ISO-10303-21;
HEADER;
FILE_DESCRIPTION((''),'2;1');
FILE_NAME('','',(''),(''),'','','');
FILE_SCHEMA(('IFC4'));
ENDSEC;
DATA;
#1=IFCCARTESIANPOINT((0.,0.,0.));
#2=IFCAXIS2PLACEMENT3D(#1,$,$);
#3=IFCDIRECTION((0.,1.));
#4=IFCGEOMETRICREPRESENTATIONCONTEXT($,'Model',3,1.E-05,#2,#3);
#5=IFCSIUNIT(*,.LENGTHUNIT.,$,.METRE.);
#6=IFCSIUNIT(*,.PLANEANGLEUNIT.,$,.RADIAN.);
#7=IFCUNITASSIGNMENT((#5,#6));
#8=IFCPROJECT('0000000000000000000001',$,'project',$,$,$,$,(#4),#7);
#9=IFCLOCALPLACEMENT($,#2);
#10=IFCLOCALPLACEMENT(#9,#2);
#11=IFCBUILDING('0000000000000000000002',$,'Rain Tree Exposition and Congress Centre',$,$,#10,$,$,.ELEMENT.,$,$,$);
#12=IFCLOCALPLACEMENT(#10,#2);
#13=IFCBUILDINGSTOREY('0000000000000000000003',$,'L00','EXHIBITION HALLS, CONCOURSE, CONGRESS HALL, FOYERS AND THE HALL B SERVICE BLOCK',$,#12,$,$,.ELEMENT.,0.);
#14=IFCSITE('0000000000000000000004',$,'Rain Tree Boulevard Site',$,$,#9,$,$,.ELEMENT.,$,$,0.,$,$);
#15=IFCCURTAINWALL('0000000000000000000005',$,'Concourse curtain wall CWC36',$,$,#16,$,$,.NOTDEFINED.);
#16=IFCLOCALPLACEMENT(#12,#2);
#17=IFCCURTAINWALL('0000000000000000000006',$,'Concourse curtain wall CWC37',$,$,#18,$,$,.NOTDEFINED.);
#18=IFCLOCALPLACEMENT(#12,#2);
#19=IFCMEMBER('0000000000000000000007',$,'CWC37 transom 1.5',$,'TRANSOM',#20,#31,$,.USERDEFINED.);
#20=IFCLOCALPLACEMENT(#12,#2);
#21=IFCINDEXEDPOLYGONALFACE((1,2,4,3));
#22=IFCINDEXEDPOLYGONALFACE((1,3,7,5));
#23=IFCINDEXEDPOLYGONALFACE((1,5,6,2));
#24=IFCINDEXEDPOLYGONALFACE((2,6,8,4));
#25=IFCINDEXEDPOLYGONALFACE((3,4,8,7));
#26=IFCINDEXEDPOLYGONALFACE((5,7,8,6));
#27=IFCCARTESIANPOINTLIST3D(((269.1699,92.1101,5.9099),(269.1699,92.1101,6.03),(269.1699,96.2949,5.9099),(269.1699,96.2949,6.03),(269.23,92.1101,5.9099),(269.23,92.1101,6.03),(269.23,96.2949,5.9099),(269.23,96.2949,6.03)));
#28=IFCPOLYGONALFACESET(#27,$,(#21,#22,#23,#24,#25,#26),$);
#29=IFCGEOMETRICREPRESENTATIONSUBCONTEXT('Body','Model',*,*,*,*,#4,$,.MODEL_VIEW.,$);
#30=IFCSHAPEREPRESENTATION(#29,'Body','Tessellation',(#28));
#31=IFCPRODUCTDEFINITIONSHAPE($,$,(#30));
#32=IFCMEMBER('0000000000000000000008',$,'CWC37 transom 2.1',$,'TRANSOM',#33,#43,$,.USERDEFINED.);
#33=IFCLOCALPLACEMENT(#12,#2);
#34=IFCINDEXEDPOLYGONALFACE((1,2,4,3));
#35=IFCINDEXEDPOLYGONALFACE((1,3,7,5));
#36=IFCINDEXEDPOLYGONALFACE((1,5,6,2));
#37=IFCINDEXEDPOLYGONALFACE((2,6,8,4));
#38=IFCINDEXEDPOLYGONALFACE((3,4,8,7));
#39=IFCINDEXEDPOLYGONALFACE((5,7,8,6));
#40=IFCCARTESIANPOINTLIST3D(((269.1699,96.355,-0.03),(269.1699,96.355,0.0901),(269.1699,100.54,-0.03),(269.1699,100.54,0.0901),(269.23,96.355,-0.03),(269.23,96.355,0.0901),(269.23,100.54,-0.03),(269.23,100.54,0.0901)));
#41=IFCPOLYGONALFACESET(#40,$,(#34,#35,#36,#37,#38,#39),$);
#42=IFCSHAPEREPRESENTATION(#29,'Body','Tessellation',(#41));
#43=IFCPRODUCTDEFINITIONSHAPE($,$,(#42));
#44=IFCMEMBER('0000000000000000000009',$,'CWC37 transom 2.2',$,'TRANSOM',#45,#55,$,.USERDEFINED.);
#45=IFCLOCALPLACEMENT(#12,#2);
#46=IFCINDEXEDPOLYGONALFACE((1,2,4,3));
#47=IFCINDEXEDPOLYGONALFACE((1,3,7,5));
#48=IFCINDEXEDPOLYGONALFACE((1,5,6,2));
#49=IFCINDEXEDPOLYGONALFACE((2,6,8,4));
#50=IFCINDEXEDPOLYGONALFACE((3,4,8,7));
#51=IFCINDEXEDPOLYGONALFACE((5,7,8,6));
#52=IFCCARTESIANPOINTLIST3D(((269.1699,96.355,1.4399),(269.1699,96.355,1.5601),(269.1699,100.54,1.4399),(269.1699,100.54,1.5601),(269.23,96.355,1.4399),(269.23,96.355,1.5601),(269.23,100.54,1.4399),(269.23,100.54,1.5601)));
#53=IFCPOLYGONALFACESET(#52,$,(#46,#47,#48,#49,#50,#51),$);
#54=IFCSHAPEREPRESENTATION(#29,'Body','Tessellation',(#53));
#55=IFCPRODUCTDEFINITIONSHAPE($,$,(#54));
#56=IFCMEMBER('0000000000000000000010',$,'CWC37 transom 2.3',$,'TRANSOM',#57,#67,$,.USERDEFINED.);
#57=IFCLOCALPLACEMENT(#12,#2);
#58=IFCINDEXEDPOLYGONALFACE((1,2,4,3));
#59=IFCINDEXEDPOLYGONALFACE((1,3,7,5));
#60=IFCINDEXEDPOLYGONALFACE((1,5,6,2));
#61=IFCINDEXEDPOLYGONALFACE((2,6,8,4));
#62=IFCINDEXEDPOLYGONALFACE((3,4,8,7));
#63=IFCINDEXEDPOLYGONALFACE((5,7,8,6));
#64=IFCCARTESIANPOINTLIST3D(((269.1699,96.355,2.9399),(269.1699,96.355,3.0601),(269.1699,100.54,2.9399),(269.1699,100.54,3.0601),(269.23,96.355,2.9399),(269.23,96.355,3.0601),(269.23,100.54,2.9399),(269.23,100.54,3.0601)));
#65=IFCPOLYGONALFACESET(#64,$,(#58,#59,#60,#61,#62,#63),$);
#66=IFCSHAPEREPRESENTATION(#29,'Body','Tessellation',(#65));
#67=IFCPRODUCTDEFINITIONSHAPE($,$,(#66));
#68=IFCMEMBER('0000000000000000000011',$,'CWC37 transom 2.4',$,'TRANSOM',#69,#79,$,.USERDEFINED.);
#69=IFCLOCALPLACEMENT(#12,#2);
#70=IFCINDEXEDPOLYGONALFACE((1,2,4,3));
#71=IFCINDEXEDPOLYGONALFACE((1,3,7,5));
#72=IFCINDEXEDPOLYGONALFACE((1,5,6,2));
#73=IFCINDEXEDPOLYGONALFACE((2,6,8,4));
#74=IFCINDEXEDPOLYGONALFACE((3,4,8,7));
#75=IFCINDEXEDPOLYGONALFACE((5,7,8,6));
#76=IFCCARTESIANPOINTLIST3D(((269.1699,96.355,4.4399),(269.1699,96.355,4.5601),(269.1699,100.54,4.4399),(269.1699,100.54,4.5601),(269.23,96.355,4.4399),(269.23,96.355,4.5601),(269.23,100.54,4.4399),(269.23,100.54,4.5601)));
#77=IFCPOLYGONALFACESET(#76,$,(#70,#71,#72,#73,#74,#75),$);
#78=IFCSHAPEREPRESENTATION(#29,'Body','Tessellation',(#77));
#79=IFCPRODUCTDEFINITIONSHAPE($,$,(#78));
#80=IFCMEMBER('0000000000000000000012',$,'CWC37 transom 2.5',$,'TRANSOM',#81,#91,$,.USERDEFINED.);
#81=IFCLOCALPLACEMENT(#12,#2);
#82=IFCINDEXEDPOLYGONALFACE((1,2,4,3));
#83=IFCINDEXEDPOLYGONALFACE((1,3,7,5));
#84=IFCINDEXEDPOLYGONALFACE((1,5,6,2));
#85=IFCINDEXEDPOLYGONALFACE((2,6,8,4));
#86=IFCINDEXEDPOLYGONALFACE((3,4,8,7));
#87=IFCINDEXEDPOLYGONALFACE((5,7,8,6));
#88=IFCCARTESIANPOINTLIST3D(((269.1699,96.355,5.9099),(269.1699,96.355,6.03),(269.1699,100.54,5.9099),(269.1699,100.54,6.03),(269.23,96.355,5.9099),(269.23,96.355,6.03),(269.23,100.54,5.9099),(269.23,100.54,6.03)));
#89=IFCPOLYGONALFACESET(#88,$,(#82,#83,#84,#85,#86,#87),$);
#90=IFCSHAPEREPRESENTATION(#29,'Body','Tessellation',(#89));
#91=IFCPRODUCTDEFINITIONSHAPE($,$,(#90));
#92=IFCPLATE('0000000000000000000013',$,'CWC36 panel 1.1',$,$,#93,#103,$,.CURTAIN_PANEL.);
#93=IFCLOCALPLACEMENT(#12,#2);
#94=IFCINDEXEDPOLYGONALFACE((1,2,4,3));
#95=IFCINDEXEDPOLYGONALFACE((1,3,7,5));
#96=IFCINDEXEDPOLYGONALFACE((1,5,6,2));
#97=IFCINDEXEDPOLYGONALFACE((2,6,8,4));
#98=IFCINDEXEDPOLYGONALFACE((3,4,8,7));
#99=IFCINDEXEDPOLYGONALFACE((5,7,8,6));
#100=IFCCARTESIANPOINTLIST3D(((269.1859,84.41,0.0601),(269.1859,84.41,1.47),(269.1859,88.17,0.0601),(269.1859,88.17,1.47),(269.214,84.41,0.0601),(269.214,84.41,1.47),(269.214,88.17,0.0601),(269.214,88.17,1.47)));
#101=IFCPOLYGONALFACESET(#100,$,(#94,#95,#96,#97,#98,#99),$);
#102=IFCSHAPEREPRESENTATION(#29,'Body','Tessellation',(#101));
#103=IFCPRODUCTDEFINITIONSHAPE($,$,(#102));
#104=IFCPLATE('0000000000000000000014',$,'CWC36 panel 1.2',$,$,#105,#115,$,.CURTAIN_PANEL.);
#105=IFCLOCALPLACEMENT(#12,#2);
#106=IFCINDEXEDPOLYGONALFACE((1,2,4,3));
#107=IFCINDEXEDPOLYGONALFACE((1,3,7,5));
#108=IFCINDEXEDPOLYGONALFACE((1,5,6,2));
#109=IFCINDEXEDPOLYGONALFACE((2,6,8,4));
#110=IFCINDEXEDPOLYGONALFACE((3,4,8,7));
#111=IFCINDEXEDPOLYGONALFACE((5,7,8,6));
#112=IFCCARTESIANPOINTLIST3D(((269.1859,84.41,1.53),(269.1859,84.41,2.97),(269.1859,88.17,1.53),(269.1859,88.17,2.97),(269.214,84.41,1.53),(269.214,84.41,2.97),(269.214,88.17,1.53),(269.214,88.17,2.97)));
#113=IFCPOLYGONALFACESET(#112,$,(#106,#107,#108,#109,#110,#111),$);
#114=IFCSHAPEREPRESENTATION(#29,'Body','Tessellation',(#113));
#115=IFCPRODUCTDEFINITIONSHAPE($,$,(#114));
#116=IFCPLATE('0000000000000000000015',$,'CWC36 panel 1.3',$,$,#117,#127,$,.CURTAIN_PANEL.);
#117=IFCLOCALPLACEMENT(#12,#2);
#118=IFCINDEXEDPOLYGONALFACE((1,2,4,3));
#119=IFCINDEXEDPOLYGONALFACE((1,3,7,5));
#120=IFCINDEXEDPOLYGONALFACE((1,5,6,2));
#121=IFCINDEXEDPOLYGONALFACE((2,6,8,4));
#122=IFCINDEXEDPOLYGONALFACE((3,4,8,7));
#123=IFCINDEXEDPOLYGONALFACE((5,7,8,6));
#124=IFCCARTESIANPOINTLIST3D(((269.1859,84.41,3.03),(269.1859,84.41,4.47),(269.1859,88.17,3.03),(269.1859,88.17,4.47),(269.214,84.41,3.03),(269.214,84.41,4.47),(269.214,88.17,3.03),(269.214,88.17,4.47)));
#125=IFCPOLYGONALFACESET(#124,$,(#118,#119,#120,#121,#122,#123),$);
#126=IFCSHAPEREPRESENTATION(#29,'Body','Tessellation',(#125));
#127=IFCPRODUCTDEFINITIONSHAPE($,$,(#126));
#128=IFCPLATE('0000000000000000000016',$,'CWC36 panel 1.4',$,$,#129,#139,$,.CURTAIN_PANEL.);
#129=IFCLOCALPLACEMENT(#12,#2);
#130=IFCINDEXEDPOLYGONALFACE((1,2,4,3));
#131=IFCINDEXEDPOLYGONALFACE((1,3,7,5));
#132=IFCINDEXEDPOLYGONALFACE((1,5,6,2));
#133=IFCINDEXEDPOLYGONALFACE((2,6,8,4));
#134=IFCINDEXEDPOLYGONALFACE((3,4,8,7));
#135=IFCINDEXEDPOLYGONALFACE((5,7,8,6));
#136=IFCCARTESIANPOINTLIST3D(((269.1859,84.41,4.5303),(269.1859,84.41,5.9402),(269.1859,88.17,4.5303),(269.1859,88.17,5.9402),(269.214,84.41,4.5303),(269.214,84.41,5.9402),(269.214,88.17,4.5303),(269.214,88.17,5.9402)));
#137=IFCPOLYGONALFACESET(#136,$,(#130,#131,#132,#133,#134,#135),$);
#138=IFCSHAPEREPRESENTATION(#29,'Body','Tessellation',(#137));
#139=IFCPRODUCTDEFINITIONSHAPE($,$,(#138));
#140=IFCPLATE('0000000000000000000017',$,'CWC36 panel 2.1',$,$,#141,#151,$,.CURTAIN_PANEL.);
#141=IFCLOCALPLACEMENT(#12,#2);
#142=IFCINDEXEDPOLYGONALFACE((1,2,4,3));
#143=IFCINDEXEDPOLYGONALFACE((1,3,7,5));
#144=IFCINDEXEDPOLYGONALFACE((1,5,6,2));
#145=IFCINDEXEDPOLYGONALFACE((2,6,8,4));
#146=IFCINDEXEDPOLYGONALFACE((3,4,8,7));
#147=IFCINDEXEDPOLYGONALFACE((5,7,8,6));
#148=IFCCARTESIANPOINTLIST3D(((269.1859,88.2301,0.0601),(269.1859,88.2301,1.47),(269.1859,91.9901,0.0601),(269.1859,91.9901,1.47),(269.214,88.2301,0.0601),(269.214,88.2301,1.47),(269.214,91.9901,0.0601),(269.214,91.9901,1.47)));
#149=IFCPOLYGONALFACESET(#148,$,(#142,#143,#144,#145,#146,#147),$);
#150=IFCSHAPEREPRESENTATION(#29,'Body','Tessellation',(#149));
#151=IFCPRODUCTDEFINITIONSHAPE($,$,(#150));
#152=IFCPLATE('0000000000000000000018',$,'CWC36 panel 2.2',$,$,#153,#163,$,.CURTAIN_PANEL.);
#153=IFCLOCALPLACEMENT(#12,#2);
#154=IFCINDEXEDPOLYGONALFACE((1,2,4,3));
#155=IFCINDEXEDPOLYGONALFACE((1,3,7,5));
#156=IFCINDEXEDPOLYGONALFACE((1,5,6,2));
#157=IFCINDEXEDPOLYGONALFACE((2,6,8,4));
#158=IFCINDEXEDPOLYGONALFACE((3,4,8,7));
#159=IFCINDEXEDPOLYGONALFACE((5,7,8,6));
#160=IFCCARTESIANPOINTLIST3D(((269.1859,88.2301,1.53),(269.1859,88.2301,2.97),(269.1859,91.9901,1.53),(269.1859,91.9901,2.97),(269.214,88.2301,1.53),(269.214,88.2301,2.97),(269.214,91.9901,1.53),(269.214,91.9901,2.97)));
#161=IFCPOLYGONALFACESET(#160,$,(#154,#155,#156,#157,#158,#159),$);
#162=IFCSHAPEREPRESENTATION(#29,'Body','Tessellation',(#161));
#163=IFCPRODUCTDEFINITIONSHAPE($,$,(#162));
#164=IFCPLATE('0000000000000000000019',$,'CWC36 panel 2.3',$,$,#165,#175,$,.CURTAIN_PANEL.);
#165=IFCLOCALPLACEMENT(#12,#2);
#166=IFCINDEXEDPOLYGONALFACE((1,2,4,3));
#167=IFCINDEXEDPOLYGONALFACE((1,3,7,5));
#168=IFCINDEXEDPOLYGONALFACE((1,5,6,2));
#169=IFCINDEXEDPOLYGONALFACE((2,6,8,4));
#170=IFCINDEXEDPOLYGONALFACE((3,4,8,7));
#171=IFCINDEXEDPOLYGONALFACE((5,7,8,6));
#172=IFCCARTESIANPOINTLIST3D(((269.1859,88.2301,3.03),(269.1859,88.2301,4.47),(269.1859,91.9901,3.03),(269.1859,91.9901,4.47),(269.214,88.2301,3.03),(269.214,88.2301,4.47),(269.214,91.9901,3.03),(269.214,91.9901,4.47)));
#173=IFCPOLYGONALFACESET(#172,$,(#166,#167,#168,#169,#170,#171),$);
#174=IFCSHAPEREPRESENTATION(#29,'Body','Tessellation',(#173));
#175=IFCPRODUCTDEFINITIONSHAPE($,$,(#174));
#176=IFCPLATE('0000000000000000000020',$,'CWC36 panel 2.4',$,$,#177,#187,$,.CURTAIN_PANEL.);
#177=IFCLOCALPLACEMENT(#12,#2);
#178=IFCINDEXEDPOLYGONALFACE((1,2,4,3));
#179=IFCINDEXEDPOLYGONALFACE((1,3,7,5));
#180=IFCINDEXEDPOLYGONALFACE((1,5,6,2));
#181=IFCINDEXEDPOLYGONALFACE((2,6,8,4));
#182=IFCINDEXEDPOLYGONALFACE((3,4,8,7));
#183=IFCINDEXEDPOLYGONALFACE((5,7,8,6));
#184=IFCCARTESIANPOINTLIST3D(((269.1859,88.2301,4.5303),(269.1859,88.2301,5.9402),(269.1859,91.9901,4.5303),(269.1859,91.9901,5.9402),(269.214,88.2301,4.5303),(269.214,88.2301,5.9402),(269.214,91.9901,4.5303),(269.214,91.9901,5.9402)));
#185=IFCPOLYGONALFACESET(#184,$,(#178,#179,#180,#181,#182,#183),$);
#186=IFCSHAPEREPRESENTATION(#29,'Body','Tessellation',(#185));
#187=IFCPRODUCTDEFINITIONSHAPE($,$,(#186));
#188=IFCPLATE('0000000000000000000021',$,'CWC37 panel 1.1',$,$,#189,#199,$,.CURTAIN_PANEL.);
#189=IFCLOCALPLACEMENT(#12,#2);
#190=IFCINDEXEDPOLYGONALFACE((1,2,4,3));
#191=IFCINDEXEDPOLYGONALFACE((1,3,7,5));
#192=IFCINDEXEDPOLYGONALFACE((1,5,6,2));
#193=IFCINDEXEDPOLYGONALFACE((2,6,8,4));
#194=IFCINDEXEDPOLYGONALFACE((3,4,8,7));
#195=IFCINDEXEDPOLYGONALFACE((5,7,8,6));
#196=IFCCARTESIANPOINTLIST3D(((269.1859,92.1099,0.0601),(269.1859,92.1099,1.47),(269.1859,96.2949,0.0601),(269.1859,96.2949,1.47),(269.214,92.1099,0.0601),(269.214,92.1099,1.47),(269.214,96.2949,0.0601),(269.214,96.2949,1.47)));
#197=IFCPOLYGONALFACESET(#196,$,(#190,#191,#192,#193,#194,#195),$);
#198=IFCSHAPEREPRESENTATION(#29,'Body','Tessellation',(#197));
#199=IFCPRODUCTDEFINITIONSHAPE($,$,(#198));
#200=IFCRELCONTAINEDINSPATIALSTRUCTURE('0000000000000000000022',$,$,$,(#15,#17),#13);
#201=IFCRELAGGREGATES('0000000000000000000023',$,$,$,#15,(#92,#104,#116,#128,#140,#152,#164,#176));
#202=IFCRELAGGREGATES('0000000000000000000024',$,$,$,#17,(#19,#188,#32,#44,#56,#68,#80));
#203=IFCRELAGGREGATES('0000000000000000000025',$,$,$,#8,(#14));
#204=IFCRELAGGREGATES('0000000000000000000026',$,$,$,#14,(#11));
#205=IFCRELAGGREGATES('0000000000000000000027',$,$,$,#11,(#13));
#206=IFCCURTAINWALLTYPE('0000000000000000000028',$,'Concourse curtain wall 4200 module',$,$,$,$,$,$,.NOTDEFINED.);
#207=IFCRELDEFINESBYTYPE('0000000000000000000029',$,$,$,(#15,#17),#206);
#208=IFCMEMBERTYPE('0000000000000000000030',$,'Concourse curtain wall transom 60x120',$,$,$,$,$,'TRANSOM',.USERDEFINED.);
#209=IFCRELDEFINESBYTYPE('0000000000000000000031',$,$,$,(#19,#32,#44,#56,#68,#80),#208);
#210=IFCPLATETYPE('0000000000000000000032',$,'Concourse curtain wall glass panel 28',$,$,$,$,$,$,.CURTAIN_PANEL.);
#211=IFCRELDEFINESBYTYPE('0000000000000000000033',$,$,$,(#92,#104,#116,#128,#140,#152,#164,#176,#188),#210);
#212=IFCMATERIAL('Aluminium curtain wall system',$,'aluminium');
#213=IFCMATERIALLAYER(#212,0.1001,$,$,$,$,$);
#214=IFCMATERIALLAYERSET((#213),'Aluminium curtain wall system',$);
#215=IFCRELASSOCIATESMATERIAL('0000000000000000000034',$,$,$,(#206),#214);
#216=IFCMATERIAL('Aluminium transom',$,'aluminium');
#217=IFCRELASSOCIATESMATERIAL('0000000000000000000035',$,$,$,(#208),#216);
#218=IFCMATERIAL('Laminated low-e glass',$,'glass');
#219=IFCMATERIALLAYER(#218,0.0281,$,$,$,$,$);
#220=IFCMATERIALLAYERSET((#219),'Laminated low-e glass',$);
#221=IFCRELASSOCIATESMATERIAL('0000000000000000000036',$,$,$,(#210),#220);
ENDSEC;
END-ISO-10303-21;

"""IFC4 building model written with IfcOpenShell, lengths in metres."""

from ifc_helpers import new_model, si_unit, direction, frame, origin, origin_2d, place, context, subcontext, project, spatial, rectangle, extrude, material, layer, layer_set, material_profile, profile_set, type_object, element, aggregate, save


model = new_model("IFC4")

# Units and contexts
model_context = context("Model", 3, precision=1e-05, world=origin(), true_north=direction((0.0, 1.0)))
body_context = subcontext(model_context, "Body", "Model", "MODEL_VIEW")
ifc_project = project(units=[si_unit("LENGTHUNIT", "METRE"), si_unit("PLANEANGLEUNIT", "RADIAN")], contexts=[model_context])

# Site, building, storey
site_placement = place(None, origin())
site = spatial("IfcSite", under=ifc_project, at=site_placement, Name="Rain Tree Boulevard Site", CompositionType="ELEMENT", RefElevation=0.0)
building_placement = place(site_placement, origin())
building = spatial("IfcBuilding", under=site, at=building_placement, Name="Rain Tree Exposition and Congress Centre", CompositionType="ELEMENT")
storey_placement = place(building_placement, origin())
storey = spatial("IfcBuildingStorey", under=building, at=storey_placement, Name="L00", Description="EXHIBITION HALLS, CONCOURSE, CONGRESS HALL, FOYERS AND THE HALL B SERVICE BLOCK", CompositionType="ELEMENT", Elevation=0.0)

# Curtain walls
ifc_material_1 = material(Name="Aluminium curtain wall system", Category="aluminium")
ifc_layer_1 = layer(ifc_material_1, 0.1001)
ifc_layer_set_1 = layer_set([ifc_layer_1], Name="Aluminium curtain wall system")
curtain_wall_type = type_object("IfcCurtainWallType", Name="Concourse curtain wall 4200 module", PredefinedType="NOTDEFINED", material=ifc_layer_set_1)
curtain_wall_1_placement = place(storey_placement, origin())
curtain_wall_1 = element("IfcCurtainWall", 1, at=curtain_wall_1_placement, inside=storey, type_object=curtain_wall_type, Name="Concourse curtain wall CWC36", PredefinedType="NOTDEFINED")
curtain_wall_2_placement = place(storey_placement, origin())
curtain_wall_2 = element("IfcCurtainWall", 2, at=curtain_wall_2_placement, inside=storey, type_object=curtain_wall_type, Name="Concourse curtain wall CWC37", PredefinedType="NOTDEFINED")

# Members
ifc_material_2 = material(Name="Aluminium transom", Category="aluminium")
ifc_material_profile_1 = material_profile(ifc_material_2, rectangle(XDim=0.0601, YDim=0.1201, at=origin_2d()), Name="AL 60x120")
ifc_profile_set_1 = profile_set([ifc_material_profile_1], Name="Aluminium transom")
member_type_1 = type_object("IfcMemberType", Name="Concourse curtain wall transom 60x120", ElementType="TRANSOM", PredefinedType="USERDEFINED", material=ifc_profile_set_1)
member_1_placement = place(storey_placement, frame((269.2, 92.1101, 5.97), z_axis=(0.0, 1.0, 0.0), x_axis=(-1.0, 0.0, 0.0)))
member_1 = element("IfcMember", 3, at=member_1_placement, type_object=member_type_1, Name="CWC37 transom 1.5", ObjectType="TRANSOM", PredefinedType="USERDEFINED", context=body_context, shape_type="SweptSolid", body=[
    extrude(rectangle(XDim=0.0601, YDim=0.1201, at=origin_2d()), origin(), (0.0, 0.0, 1.0), 4.1848),
])
member_2_placement = place(storey_placement, frame((269.2, 96.355, 0.03), z_axis=(0.0, 1.0, 0.0), x_axis=(-1.0, 0.0, 0.0)))
member_2 = element("IfcMember", 4, at=member_2_placement, type_object=member_type_1, Name="CWC37 transom 2.1", ObjectType="TRANSOM", PredefinedType="USERDEFINED", context=body_context, shape_type="SweptSolid", body=[
    extrude(rectangle(XDim=0.0601, YDim=0.1201, at=origin_2d()), origin(), (0.0, 0.0, 1.0), 4.1851),
])
member_3_placement = place(storey_placement, frame((269.2, 96.355, 1.5), z_axis=(0.0, 1.0, 0.0), x_axis=(-1.0, 0.0, 0.0)))
member_3 = element("IfcMember", 5, at=member_3_placement, type_object=member_type_1, Name="CWC37 transom 2.2", ObjectType="TRANSOM", PredefinedType="USERDEFINED", context=body_context, shape_type="SweptSolid", body=[
    extrude(rectangle(XDim=0.0601, YDim=0.1201, at=origin_2d()), origin(), (0.0, 0.0, 1.0), 4.1851),
])
member_4_placement = place(storey_placement, frame((269.2, 96.355, 3.0), z_axis=(0.0, 1.0, 0.0), x_axis=(-1.0, 0.0, 0.0)))
member_4 = element("IfcMember", 6, at=member_4_placement, type_object=member_type_1, Name="CWC37 transom 2.3", ObjectType="TRANSOM", PredefinedType="USERDEFINED", context=body_context, shape_type="SweptSolid", body=[
    extrude(rectangle(XDim=0.0601, YDim=0.1201, at=origin_2d()), origin(), (0.0, 0.0, 1.0), 4.1851),
])
member_5_placement = place(storey_placement, frame((269.2, 96.355, 4.5), z_axis=(0.0, 1.0, 0.0), x_axis=(-1.0, 0.0, 0.0)))
member_5 = element("IfcMember", 7, at=member_5_placement, type_object=member_type_1, Name="CWC37 transom 2.4", ObjectType="TRANSOM", PredefinedType="USERDEFINED", context=body_context, shape_type="SweptSolid", body=[
    extrude(rectangle(XDim=0.0601, YDim=0.1201, at=origin_2d()), origin(), (0.0, 0.0, 1.0), 4.1851),
])
member_6_placement = place(storey_placement, frame((269.2, 96.355, 5.97), z_axis=(0.0, 1.0, 0.0), x_axis=(-1.0, 0.0, 0.0)))
member_6 = element("IfcMember", 8, at=member_6_placement, type_object=member_type_1, Name="CWC37 transom 2.5", ObjectType="TRANSOM", PredefinedType="USERDEFINED", context=body_context, shape_type="SweptSolid", body=[
    extrude(rectangle(XDim=0.0601, YDim=0.1201, at=origin_2d()), origin(), (0.0, 0.0, 1.0), 4.1851),
])

# Plates
ifc_material_3 = material(Name="Laminated low-e glass", Category="glass")
ifc_layer_2 = layer(ifc_material_3, 0.0281)
ifc_layer_set_2 = layer_set([ifc_layer_2], Name="Laminated low-e glass")
plate_type = type_object("IfcPlateType", Name="Concourse curtain wall glass panel 28", PredefinedType="CURTAIN_PANEL", material=ifc_layer_set_2)
plate_1_placement = place(storey_placement, frame((269.2, 86.29, 0.0601), z_axis=(0.0, 0.0, 1.0), x_axis=(0.0, 1.0, 0.0)))
plate_1 = element("IfcPlate", 9, at=plate_1_placement, type_object=plate_type, Name="CWC36 panel 1.1", PredefinedType="CURTAIN_PANEL", context=body_context, shape_type="SweptSolid", body=[
    extrude(rectangle(XDim=3.76, YDim=0.0281, at=origin_2d()), origin(), (0.0, 0.0, 1.0), 1.4099),
])
plate_2_placement = place(storey_placement, frame((269.2, 86.29, 1.53), z_axis=(0.0, 0.0, 1.0), x_axis=(0.0, 1.0, 0.0)))
plate_2 = element("IfcPlate", 10, at=plate_2_placement, type_object=plate_type, Name="CWC36 panel 1.2", PredefinedType="CURTAIN_PANEL", context=body_context, shape_type="SweptSolid", body=[
    extrude(rectangle(XDim=3.76, YDim=0.0281, at=origin_2d()), origin(), (0.0, 0.0, 1.0), 1.4399),
])
plate_3_placement = place(storey_placement, frame((269.2, 86.29, 3.03), z_axis=(0.0, 0.0, 1.0), x_axis=(0.0, 1.0, 0.0)))
plate_3 = element("IfcPlate", 11, at=plate_3_placement, type_object=plate_type, Name="CWC36 panel 1.3", PredefinedType="CURTAIN_PANEL", context=body_context, shape_type="SweptSolid", body=[
    extrude(rectangle(XDim=3.76, YDim=0.0281, at=origin_2d()), origin(), (0.0, 0.0, 1.0), 1.4399),
])
plate_4_placement = place(storey_placement, frame((269.2, 86.29, 4.5303), z_axis=(0.0, 0.0, 1.0), x_axis=(0.0, 1.0, 0.0)))
plate_4 = element("IfcPlate", 12, at=plate_4_placement, type_object=plate_type, Name="CWC36 panel 1.4", PredefinedType="CURTAIN_PANEL", context=body_context, shape_type="SweptSolid", body=[
    extrude(rectangle(XDim=3.76, YDim=0.0281, at=origin_2d()), origin(), (0.0, 0.0, 1.0), 1.4099),
])
plate_5_placement = place(storey_placement, frame((269.2, 90.1101, 0.0601), z_axis=(0.0, 0.0, 1.0), x_axis=(0.0, 1.0, 0.0)))
plate_5 = element("IfcPlate", 13, at=plate_5_placement, type_object=plate_type, Name="CWC36 panel 2.1", PredefinedType="CURTAIN_PANEL", context=body_context, shape_type="SweptSolid", body=[
    extrude(rectangle(XDim=3.76, YDim=0.0281, at=origin_2d()), origin(), (0.0, 0.0, 1.0), 1.4099),
])
plate_6_placement = place(storey_placement, frame((269.2, 90.1101, 1.53), z_axis=(0.0, 0.0, 1.0), x_axis=(0.0, 1.0, 0.0)))
plate_6 = element("IfcPlate", 14, at=plate_6_placement, type_object=plate_type, Name="CWC36 panel 2.2", PredefinedType="CURTAIN_PANEL", context=body_context, shape_type="SweptSolid", body=[
    extrude(rectangle(XDim=3.76, YDim=0.0281, at=origin_2d()), origin(), (0.0, 0.0, 1.0), 1.4399),
])
plate_7_placement = place(storey_placement, frame((269.2, 90.1101, 3.03), z_axis=(0.0, 0.0, 1.0), x_axis=(0.0, 1.0, 0.0)))
plate_7 = element("IfcPlate", 15, at=plate_7_placement, type_object=plate_type, Name="CWC36 panel 2.3", PredefinedType="CURTAIN_PANEL", context=body_context, shape_type="SweptSolid", body=[
    extrude(rectangle(XDim=3.76, YDim=0.0281, at=origin_2d()), origin(), (0.0, 0.0, 1.0), 1.4399),
])
plate_8_placement = place(storey_placement, frame((269.2, 90.1101, 4.5303), z_axis=(0.0, 0.0, 1.0), x_axis=(0.0, 1.0, 0.0)))
plate_8 = element("IfcPlate", 16, at=plate_8_placement, type_object=plate_type, Name="CWC36 panel 2.4", PredefinedType="CURTAIN_PANEL", context=body_context, shape_type="SweptSolid", body=[
    extrude(rectangle(XDim=3.76, YDim=0.0281, at=origin_2d()), origin(), (0.0, 0.0, 1.0), 1.4099),
])
aggregate(curtain_wall_1, [plate_1, plate_2, plate_3, plate_4, plate_5, plate_6, plate_7, plate_8])
plate_9_placement = place(storey_placement, frame((269.2, 94.2024, 0.0601), z_axis=(0.0, 0.0, 1.0), x_axis=(0.0, 1.0, 0.0)))
plate_9 = element("IfcPlate", 17, at=plate_9_placement, type_object=plate_type, Name="CWC37 panel 1.1", PredefinedType="CURTAIN_PANEL", context=body_context, shape_type="SweptSolid", body=[
    extrude(rectangle(XDim=4.1851, YDim=0.0281, at=origin_2d()), origin(), (0.0, 0.0, 1.0), 1.4099),
])
aggregate(curtain_wall_2, [member_1, plate_9, member_2, member_3, member_4, member_5, member_6])

save(model, "model.ifc")
